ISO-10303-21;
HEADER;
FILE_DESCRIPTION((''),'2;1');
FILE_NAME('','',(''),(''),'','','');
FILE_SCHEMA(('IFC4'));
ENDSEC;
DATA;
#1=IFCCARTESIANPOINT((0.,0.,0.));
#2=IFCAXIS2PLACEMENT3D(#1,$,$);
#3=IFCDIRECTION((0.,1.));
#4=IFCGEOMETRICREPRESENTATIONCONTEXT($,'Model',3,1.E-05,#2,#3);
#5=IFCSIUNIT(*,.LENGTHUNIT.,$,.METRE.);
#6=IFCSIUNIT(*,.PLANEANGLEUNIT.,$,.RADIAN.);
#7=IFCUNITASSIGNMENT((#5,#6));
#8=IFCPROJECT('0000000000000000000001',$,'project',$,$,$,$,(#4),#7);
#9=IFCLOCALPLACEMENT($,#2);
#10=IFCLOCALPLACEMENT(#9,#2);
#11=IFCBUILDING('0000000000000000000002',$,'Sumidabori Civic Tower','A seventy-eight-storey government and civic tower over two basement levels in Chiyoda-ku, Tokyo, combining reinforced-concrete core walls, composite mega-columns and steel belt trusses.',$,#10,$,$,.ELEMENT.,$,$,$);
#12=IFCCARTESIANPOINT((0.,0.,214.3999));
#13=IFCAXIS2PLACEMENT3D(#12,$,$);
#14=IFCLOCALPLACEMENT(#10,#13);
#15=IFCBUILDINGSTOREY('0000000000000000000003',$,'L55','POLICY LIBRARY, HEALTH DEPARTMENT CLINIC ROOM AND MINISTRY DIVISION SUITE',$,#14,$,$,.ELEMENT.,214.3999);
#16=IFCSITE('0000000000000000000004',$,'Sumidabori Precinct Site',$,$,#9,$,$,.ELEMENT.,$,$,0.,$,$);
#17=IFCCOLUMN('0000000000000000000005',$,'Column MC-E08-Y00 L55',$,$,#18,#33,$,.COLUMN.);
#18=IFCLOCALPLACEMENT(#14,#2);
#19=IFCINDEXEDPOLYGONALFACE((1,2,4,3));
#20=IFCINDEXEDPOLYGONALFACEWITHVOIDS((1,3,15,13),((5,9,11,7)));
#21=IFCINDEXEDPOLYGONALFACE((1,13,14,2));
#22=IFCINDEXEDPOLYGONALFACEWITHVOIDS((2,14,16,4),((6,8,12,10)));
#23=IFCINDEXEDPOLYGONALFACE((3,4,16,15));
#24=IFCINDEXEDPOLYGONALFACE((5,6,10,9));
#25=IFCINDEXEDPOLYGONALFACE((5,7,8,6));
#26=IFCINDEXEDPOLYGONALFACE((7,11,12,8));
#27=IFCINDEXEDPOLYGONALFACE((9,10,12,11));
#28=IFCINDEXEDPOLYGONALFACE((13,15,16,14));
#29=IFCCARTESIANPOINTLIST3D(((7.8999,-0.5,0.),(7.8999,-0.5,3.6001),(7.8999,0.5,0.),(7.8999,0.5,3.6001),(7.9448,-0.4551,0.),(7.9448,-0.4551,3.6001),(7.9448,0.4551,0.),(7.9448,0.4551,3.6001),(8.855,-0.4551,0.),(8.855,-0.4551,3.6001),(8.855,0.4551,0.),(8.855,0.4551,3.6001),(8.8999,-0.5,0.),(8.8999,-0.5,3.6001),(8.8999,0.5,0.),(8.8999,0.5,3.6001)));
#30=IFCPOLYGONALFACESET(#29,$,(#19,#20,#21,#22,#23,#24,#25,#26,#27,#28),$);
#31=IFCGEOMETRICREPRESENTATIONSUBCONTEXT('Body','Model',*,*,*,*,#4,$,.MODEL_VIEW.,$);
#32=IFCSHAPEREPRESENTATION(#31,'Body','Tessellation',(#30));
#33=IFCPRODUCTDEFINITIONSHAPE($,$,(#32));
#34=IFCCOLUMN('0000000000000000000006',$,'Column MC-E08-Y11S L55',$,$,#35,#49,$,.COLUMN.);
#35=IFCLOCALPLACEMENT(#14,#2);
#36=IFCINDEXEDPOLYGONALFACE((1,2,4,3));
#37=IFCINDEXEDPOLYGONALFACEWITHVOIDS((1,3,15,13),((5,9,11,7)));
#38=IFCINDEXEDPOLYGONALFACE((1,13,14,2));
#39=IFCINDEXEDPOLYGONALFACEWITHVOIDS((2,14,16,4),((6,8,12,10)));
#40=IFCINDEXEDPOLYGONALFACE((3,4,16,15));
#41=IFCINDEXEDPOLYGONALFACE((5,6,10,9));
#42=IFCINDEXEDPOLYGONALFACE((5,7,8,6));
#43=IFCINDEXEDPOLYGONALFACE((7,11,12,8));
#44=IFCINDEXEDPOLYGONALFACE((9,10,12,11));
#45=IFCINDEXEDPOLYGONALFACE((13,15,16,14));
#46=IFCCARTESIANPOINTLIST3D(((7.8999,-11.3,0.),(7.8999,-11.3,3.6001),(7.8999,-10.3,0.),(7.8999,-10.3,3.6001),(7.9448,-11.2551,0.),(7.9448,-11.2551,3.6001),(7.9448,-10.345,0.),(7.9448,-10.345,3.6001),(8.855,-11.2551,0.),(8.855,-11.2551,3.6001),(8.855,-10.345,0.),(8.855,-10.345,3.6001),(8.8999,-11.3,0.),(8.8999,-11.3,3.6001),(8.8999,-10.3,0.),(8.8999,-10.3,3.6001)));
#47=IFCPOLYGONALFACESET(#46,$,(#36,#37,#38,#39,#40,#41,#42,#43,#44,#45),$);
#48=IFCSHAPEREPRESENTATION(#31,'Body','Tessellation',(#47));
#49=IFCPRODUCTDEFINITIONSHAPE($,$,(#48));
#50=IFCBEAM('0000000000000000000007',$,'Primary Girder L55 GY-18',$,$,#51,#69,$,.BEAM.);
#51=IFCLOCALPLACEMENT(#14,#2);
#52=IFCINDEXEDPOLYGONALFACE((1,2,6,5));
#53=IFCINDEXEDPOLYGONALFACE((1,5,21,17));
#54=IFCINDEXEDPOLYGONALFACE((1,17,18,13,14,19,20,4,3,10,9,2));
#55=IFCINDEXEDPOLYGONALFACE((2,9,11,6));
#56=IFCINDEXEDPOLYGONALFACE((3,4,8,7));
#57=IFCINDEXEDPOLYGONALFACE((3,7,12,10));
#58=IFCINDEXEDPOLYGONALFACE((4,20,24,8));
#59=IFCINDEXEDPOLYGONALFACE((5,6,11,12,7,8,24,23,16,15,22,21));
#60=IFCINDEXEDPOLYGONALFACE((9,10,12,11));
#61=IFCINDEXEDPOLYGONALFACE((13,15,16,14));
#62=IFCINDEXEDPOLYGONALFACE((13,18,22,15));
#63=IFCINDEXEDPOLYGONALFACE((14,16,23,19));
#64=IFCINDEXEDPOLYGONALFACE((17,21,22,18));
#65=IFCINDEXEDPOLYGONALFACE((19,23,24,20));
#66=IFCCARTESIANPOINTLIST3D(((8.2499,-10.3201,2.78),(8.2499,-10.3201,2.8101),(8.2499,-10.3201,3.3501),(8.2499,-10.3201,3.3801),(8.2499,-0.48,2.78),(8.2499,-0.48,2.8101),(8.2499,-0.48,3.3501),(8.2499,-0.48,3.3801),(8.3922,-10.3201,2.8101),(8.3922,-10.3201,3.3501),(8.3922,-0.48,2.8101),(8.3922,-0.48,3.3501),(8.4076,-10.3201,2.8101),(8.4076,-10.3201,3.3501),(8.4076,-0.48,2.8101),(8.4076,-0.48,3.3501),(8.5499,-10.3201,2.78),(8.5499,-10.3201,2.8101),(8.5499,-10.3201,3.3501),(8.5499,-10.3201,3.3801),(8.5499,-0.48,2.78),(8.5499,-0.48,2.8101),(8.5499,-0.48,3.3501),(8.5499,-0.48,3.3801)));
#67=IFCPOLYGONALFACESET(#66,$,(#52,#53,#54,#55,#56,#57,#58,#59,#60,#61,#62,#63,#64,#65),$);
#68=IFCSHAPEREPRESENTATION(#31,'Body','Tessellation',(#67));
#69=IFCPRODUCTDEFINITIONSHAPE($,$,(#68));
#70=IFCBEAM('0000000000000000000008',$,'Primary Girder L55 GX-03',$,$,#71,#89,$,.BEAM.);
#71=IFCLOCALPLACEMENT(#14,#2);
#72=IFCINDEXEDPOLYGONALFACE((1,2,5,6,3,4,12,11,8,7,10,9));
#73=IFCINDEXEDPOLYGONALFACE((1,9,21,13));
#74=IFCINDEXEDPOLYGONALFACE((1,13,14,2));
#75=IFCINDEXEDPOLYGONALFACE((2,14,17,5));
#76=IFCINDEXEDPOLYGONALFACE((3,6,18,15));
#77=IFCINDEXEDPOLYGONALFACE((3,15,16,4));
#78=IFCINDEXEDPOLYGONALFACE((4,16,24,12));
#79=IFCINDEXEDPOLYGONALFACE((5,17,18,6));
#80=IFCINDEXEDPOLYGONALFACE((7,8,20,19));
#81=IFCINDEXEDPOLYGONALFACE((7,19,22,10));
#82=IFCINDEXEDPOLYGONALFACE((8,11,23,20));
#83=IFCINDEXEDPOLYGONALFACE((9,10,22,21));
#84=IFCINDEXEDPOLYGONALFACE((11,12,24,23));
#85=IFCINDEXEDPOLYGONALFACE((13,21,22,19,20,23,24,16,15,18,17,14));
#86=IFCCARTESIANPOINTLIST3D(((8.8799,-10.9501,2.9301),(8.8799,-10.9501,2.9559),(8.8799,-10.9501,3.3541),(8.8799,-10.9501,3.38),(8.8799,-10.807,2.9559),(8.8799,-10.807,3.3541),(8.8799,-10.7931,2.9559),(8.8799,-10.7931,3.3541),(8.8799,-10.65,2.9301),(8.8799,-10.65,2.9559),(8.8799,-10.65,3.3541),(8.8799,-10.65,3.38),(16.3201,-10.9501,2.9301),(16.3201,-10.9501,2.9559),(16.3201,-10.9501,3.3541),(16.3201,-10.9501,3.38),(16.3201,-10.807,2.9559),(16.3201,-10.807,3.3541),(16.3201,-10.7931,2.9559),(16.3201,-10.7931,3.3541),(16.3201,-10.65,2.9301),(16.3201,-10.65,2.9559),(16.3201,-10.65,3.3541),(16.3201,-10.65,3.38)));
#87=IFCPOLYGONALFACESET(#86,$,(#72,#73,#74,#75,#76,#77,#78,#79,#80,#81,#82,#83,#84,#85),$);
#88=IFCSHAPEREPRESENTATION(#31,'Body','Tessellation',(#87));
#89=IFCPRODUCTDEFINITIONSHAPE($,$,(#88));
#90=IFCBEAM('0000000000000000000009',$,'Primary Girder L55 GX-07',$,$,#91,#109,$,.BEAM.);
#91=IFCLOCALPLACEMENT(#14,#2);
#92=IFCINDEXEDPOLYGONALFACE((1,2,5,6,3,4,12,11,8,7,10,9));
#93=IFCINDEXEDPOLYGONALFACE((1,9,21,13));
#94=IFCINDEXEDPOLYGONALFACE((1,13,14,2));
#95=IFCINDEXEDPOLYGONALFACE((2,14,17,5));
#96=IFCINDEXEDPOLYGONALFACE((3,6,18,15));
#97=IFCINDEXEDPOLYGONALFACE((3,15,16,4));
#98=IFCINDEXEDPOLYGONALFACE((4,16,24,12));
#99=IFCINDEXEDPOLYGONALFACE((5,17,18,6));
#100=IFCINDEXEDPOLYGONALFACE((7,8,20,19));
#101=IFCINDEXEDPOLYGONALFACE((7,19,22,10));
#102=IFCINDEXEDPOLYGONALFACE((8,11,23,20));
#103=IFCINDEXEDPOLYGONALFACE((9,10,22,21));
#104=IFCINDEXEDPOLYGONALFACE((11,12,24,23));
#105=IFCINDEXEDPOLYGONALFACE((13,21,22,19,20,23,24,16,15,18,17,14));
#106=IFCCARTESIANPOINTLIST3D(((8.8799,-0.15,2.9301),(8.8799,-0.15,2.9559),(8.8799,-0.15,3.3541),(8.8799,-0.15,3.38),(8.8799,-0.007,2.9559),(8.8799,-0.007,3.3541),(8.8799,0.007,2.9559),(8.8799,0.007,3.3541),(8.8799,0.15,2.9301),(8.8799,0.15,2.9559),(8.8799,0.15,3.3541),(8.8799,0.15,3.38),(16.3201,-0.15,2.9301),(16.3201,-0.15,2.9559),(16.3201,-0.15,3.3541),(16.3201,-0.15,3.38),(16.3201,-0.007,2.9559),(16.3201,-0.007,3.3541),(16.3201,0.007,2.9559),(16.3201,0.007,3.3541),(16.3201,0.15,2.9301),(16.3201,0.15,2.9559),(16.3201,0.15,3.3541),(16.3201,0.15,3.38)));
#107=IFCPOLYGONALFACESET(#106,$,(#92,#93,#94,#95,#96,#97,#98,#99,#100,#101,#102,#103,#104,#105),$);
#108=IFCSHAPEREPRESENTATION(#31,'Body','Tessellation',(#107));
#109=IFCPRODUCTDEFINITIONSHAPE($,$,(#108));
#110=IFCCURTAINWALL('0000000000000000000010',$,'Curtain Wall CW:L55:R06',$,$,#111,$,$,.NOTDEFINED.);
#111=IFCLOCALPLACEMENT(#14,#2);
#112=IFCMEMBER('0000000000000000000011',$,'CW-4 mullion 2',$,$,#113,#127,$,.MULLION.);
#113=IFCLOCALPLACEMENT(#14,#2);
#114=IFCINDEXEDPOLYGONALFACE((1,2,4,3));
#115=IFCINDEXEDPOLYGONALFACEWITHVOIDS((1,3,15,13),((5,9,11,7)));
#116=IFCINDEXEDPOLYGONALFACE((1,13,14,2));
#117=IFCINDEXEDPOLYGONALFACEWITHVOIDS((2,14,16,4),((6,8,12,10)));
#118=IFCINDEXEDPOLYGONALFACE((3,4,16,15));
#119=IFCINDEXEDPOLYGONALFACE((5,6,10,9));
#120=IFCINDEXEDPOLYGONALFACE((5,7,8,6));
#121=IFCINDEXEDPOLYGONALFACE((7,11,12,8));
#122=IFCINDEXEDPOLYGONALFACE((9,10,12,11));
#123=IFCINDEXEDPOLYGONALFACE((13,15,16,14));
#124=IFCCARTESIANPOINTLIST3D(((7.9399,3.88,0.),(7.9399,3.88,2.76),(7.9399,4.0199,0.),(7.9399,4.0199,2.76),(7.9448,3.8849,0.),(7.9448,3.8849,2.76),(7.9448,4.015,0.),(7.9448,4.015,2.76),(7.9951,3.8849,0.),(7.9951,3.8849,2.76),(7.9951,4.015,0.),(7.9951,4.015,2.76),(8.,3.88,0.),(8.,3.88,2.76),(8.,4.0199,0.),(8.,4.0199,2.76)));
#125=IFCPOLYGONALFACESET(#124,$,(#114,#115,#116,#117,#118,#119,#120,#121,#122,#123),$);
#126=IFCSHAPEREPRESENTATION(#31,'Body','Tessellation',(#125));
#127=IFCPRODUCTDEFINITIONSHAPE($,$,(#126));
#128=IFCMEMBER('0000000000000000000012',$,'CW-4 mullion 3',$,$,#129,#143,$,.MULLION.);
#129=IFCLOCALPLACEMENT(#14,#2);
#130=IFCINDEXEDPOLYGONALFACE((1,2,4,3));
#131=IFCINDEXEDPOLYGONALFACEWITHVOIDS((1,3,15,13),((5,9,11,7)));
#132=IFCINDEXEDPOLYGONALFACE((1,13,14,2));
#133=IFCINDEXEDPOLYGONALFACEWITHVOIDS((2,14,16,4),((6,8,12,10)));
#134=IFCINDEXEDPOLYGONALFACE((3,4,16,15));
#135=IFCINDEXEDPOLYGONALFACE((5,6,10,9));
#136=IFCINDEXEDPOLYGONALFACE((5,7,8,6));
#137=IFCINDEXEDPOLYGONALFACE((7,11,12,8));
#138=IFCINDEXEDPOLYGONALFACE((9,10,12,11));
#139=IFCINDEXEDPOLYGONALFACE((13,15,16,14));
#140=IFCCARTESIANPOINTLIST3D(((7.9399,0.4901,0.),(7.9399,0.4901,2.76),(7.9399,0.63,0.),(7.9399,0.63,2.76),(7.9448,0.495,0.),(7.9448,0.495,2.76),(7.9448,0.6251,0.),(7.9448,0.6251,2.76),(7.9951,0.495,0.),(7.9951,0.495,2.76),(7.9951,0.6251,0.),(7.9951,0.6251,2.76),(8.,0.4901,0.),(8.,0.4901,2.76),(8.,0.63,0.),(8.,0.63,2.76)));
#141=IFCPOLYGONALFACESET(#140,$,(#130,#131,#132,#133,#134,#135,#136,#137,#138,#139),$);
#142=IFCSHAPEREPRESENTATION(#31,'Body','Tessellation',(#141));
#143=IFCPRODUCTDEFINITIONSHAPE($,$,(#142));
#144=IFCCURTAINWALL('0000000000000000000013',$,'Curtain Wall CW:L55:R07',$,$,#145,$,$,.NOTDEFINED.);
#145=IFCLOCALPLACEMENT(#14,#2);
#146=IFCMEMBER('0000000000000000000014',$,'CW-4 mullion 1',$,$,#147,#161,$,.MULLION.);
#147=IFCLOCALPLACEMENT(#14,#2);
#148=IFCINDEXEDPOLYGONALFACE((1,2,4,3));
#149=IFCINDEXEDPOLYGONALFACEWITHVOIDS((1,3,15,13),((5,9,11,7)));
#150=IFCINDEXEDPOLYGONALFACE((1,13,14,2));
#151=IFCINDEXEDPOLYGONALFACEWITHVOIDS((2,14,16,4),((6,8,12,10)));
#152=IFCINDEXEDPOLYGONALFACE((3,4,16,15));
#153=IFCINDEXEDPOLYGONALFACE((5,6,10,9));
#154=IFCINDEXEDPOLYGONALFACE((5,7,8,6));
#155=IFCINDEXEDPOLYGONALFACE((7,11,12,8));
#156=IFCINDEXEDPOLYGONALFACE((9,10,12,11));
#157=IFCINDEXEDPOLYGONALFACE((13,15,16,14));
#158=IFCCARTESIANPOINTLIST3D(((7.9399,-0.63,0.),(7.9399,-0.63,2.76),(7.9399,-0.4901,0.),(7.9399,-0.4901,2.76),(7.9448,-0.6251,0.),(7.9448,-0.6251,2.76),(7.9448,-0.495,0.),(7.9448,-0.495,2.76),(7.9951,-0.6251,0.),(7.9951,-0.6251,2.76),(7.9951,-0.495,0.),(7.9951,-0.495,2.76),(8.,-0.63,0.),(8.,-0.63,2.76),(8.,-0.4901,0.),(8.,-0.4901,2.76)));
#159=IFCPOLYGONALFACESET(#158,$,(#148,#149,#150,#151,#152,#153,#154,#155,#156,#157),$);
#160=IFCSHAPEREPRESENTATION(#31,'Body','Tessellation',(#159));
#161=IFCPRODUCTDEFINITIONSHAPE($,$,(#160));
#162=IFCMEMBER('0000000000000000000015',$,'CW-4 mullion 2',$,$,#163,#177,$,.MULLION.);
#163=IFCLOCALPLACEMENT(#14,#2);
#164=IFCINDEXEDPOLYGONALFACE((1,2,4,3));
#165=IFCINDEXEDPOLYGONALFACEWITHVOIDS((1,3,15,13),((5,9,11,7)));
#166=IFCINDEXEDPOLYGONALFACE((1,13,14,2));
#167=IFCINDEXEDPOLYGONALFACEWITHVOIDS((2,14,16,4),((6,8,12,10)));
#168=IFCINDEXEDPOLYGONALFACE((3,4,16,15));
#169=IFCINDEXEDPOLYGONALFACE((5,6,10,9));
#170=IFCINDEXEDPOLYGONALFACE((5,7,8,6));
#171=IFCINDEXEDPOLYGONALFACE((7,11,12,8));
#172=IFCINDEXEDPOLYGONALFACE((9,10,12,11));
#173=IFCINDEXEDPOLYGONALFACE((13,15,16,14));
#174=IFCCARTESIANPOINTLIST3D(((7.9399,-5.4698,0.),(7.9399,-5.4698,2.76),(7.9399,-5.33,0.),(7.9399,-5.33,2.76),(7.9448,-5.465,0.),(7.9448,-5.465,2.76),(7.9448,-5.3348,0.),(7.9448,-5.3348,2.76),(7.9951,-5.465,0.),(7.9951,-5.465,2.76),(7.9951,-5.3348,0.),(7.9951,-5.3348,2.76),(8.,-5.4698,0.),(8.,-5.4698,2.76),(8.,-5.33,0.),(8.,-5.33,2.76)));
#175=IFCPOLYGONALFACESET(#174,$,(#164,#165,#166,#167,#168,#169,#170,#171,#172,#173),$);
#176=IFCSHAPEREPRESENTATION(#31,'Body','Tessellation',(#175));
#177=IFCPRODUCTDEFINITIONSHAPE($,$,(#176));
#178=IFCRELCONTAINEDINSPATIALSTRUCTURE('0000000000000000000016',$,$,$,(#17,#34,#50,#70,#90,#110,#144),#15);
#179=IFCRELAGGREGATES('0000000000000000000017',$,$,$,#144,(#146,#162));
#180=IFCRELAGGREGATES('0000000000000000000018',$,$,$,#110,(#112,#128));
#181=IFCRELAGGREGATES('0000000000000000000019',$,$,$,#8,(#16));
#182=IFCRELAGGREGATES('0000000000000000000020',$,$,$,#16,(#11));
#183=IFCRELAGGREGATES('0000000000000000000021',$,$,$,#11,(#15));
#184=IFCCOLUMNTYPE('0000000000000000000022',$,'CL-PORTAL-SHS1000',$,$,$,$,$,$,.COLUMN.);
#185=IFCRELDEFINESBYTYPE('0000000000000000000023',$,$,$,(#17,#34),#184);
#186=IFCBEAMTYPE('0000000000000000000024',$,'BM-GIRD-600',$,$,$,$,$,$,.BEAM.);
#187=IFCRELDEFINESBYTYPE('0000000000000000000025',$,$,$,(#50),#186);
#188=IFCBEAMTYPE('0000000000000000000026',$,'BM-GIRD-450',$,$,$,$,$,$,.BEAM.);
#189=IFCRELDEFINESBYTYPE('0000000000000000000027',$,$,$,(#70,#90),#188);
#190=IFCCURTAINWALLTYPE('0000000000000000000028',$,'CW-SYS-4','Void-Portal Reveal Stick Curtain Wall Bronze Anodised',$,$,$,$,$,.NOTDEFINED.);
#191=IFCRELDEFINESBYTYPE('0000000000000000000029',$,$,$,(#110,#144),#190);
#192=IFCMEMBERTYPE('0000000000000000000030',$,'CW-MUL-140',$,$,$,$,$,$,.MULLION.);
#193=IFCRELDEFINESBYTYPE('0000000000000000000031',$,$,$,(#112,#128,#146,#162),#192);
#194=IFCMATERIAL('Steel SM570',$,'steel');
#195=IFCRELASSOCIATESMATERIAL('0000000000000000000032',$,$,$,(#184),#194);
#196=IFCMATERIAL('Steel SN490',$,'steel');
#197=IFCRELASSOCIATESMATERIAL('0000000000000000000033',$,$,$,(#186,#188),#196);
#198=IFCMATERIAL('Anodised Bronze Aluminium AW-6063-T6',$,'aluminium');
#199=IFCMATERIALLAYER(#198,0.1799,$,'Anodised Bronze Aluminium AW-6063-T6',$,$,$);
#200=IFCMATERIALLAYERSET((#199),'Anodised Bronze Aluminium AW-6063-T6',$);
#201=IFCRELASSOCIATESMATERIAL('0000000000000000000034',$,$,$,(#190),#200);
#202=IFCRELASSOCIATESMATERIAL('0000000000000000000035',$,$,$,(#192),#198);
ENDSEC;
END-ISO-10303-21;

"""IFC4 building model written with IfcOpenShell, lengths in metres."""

from ifc_helpers import new_model, si_unit, direction, frame, origin, origin_2d, place, context, subcontext, project, spatial, hollow_rectangle, i_section, extrude, source, transform, mapped, material, layer, layer_set, material_profile, profile_set, type_object, element, aggregate, save


model = new_model("IFC4")

# Units and contexts
model_context = context("Model", 3, precision=1e-05, world=origin(), true_north=direction((0.0, 1.0)))
body_context = subcontext(model_context, "Body", "Model", "MODEL_VIEW")
ifc_project = project(units=[si_unit("LENGTHUNIT", "METRE"), si_unit("PLANEANGLEUNIT", "RADIAN")], contexts=[model_context])

# Site, building, storey
site_placement = place(None, origin())
site = spatial("IfcSite", under=ifc_project, at=site_placement, Name="Sumidabori Precinct Site", CompositionType="ELEMENT", RefElevation=0.0)
building_placement = place(site_placement, origin())
building = spatial("IfcBuilding", under=site, at=building_placement, Name="Sumidabori Civic Tower", Description="A seventy-eight-storey government and civic tower over two basement levels in Chiyoda-ku, Tokyo, combining reinforced-concrete core walls, composite mega-columns and steel belt trusses.", CompositionType="ELEMENT")
storey_placement = place(building_placement, frame((0.0, 0.0, 214.3999)))
storey = spatial("IfcBuildingStorey", under=building, at=storey_placement, Name="L55", Description="POLICY LIBRARY, HEALTH DEPARTMENT CLINIC ROOM AND MINISTRY DIVISION SUITE", CompositionType="ELEMENT", Elevation=214.3999)

# Columns
ifc_material_1 = material(Name="Steel SM570", Category="steel")
ifc_material_profile_1 = material_profile(ifc_material_1, hollow_rectangle(XDim=1.0, YDim=1.0, WallThickness=0.0449, at=origin_2d()), Name="SHS 1000x1000x45")
ifc_profile_set_1 = profile_set([ifc_material_profile_1], Name="Steel SM570")
column_type = type_object("IfcColumnType", Name="CL-PORTAL-SHS1000", PredefinedType="COLUMN", material=ifc_profile_set_1)
shared_shape_1 = source(origin(), body_context, "Body", "SweptSolid", [
    extrude(hollow_rectangle(XDim=1.0, YDim=1.0, WallThickness=0.0449, at=origin_2d()), origin(), (0.0, 0.0, 1.0), 3.6001),
])
for number, where, z_axis, x_axis, name in (
    (1, (8.3999, 0.0, 0.0), (0.0, 0.0, 1.0), (1.0, 0.0, 0.0), "Column MC-E08-Y00 L55"),
    (2, (8.3999, -10.8, 0.0), (0.0, 0.0, 1.0), (1.0, 0.0, 0.0), "Column MC-E08-Y11S L55"),
):
    element("IfcColumn", number, at=place(storey_placement, frame(where, z_axis=z_axis, x_axis=x_axis)), inside=storey, type_object=column_type, Name=name, PredefinedType="COLUMN", context=body_context, shape_type="MappedRepresentation", body=[
        mapped(shared_shape_1, transform((0.0, 0.0, 0.0), x_axis=(1.0, 0.0, 0.0), y_axis=(0.0, 1.0, 0.0), z_axis=(0.0, 0.0, 1.0), scale=1.0)),
    ])

# Beams
ifc_material_2 = material(Name="Steel SN490", Category="steel")
ifc_material_profile_2 = material_profile(ifc_material_2, i_section(OverallWidth=0.3, OverallDepth=0.6001, WebThickness=0.0154, FlangeThickness=0.03, at=origin_2d()), Name="HE 600 B")
ifc_profile_set_2 = profile_set([ifc_material_profile_2], Name="Steel SN490")
beam_type_1 = type_object("IfcBeamType", Name="BM-GIRD-600", PredefinedType="BEAM", material=ifc_profile_set_2)
shared_shape_2 = source(origin(), body_context, "Body", "SweptSolid", [
    extrude(i_section(OverallWidth=0.3, OverallDepth=0.6001, WebThickness=0.0154, FlangeThickness=0.03, at=origin_2d()), origin(), (0.0, 0.0, 1.0), 9.8401),
])
beam_placement = place(storey_placement, frame((8.3999, -10.3201, 3.0801), z_axis=(0.0, 1.0, 0.0), x_axis=(-1.0, 0.0, 0.0)))
element("IfcBeam", 3, at=beam_placement, inside=storey, type_object=beam_type_1, Name="Primary Girder L55 GY-18", PredefinedType="BEAM", context=body_context, shape_type="MappedRepresentation", body=[
    mapped(shared_shape_2, transform((0.0, 0.0, 0.0), x_axis=(1.0, 0.0, 0.0), y_axis=(0.0, 1.0, 0.0), z_axis=(0.0, 0.0, 1.0), scale=1.0)),
])
ifc_material_profile_3 = material_profile(ifc_material_2, i_section(OverallWidth=0.3, OverallDepth=0.45, WebThickness=0.0139, FlangeThickness=0.0259, at=origin_2d()), Name="HE 450 B")
ifc_profile_set_3 = profile_set([ifc_material_profile_3], Name="Steel SN490")
beam_type_2 = type_object("IfcBeamType", Name="BM-GIRD-450", PredefinedType="BEAM", material=ifc_profile_set_3)
shared_shape_3 = source(origin(), body_context, "Body", "SweptSolid", [
    extrude(i_section(OverallWidth=0.3, OverallDepth=0.45, WebThickness=0.0139, FlangeThickness=0.0259, at=origin_2d()), origin(), (0.0, 0.0, 1.0), 7.4402),
])
for number, where, z_axis, x_axis, name in (
    (4, (8.8799, -10.8, 3.155), (1.0, 0.0, 0.0), (0.0, 1.0, 0.0), "Primary Girder L55 GX-03"),
    (5, (8.8799, 0.0, 3.155), (1.0, 0.0, 0.0), (0.0, 1.0, 0.0), "Primary Girder L55 GX-07"),
):
    element("IfcBeam", number, at=place(storey_placement, frame(where, z_axis=z_axis, x_axis=x_axis)), inside=storey, type_object=beam_type_2, Name=name, PredefinedType="BEAM", context=body_context, shape_type="MappedRepresentation", body=[
        mapped(shared_shape_3, transform((0.0, 0.0, 0.0), x_axis=(1.0, 0.0, 0.0), y_axis=(0.0, 1.0, 0.0), z_axis=(0.0, 0.0, 1.0), scale=1.0)),
    ])

# Curtain walls, members
ifc_material_3 = material(Name="Anodised Bronze Aluminium AW-6063-T6", Category="aluminium")
ifc_layer_1 = layer(ifc_material_3, 0.1799, Name="Anodised Bronze Aluminium AW-6063-T6")
ifc_layer_set_1 = layer_set([ifc_layer_1], Name="Anodised Bronze Aluminium AW-6063-T6")
curtain_wall_type_1 = type_object("IfcCurtainWallType", Name="CW-SYS-4", Description="Void-Portal Reveal Stick Curtain Wall Bronze Anodised", PredefinedType="NOTDEFINED", material=ifc_layer_set_1)
curtain_wall_1_placement = place(storey_placement, origin())
curtain_wall_1 = element("IfcCurtainWall", 6, at=curtain_wall_1_placement, inside=storey, type_object=curtain_wall_type_1, Name="Curtain Wall CW:L55:R06", PredefinedType="NOTDEFINED")
ifc_material_profile_4 = material_profile(ifc_material_3, hollow_rectangle(XDim=0.0601, YDim=0.1399, WallThickness=0.0049, at=origin_2d()), Name="ALU MULLION 140x60")
ifc_profile_set_4 = profile_set([ifc_material_profile_4], Name="Anodised Bronze Aluminium AW-6063-T6")
member_type_1 = type_object("IfcMemberType", Name="CW-MUL-140", PredefinedType="MULLION", material=ifc_profile_set_4)
shared_shape_4 = source(origin(), body_context, "Body", "SweptSolid", [
    extrude(hollow_rectangle(XDim=0.0601, YDim=0.1399, WallThickness=0.0049, at=origin_2d()), origin(), (0.0, 0.0, 1.0), 2.76),
])
member_1_placement = place(storey_placement, frame((7.97, 3.95, 0.0), z_axis=(0.0, 0.0, 1.0), x_axis=(1.0, 0.0, 0.0)))
member_1 = element("IfcMember", 7, at=member_1_placement, type_object=member_type_1, Name="CW-4 mullion 2", PredefinedType="MULLION", context=body_context, shape_type="MappedRepresentation", body=[
    mapped(shared_shape_4, transform((0.0, 0.0, 0.0), x_axis=(1.0, 0.0, 0.0), y_axis=(0.0, 1.0, 0.0), z_axis=(0.0, 0.0, 1.0), scale=1.0)),
])
member_2_placement = place(storey_placement, frame((7.97, 0.5601, 0.0), z_axis=(0.0, 0.0, 1.0), x_axis=(1.0, 0.0, 0.0)))
member_2 = element("IfcMember", 8, at=member_2_placement, type_object=member_type_1, Name="CW-4 mullion 3", PredefinedType="MULLION", context=body_context, shape_type="MappedRepresentation", body=[
    mapped(shared_shape_4, transform((0.0, 0.0, 0.0), x_axis=(1.0, 0.0, 0.0), y_axis=(0.0, 1.0, 0.0), z_axis=(0.0, 0.0, 1.0), scale=1.0)),
])
curtain_wall_2_placement = place(storey_placement, origin())
curtain_wall_2 = element("IfcCurtainWall", 9, at=curtain_wall_2_placement, inside=storey, type_object=curtain_wall_type_1, Name="Curtain Wall CW:L55:R07", PredefinedType="NOTDEFINED")
member_3_placement = place(storey_placement, frame((7.97, -0.5601, 0.0), z_axis=(0.0, 0.0, 1.0), x_axis=(1.0, 0.0, 0.0)))
member_3 = element("IfcMember", 10, at=member_3_placement, type_object=member_type_1, Name="CW-4 mullion 1", PredefinedType="MULLION", context=body_context, shape_type="MappedRepresentation", body=[
    mapped(shared_shape_4, transform((0.0, 0.0, 0.0), x_axis=(1.0, 0.0, 0.0), y_axis=(0.0, 1.0, 0.0), z_axis=(0.0, 0.0, 1.0), scale=1.0)),
])
member_4_placement = place(storey_placement, frame((7.97, -5.3999, 0.0), z_axis=(0.0, 0.0, 1.0), x_axis=(1.0, 0.0, 0.0)))
member_4 = element("IfcMember", 11, at=member_4_placement, type_object=member_type_1, Name="CW-4 mullion 2", PredefinedType="MULLION", context=body_context, shape_type="MappedRepresentation", body=[
    mapped(shared_shape_4, transform((0.0, 0.0, 0.0), x_axis=(1.0, 0.0, 0.0), y_axis=(0.0, 1.0, 0.0), z_axis=(0.0, 0.0, 1.0), scale=1.0)),
])

aggregate(curtain_wall_2, [member_3, member_4])
aggregate(curtain_wall_1, [member_1, member_2])

save(model, "model.ifc")
